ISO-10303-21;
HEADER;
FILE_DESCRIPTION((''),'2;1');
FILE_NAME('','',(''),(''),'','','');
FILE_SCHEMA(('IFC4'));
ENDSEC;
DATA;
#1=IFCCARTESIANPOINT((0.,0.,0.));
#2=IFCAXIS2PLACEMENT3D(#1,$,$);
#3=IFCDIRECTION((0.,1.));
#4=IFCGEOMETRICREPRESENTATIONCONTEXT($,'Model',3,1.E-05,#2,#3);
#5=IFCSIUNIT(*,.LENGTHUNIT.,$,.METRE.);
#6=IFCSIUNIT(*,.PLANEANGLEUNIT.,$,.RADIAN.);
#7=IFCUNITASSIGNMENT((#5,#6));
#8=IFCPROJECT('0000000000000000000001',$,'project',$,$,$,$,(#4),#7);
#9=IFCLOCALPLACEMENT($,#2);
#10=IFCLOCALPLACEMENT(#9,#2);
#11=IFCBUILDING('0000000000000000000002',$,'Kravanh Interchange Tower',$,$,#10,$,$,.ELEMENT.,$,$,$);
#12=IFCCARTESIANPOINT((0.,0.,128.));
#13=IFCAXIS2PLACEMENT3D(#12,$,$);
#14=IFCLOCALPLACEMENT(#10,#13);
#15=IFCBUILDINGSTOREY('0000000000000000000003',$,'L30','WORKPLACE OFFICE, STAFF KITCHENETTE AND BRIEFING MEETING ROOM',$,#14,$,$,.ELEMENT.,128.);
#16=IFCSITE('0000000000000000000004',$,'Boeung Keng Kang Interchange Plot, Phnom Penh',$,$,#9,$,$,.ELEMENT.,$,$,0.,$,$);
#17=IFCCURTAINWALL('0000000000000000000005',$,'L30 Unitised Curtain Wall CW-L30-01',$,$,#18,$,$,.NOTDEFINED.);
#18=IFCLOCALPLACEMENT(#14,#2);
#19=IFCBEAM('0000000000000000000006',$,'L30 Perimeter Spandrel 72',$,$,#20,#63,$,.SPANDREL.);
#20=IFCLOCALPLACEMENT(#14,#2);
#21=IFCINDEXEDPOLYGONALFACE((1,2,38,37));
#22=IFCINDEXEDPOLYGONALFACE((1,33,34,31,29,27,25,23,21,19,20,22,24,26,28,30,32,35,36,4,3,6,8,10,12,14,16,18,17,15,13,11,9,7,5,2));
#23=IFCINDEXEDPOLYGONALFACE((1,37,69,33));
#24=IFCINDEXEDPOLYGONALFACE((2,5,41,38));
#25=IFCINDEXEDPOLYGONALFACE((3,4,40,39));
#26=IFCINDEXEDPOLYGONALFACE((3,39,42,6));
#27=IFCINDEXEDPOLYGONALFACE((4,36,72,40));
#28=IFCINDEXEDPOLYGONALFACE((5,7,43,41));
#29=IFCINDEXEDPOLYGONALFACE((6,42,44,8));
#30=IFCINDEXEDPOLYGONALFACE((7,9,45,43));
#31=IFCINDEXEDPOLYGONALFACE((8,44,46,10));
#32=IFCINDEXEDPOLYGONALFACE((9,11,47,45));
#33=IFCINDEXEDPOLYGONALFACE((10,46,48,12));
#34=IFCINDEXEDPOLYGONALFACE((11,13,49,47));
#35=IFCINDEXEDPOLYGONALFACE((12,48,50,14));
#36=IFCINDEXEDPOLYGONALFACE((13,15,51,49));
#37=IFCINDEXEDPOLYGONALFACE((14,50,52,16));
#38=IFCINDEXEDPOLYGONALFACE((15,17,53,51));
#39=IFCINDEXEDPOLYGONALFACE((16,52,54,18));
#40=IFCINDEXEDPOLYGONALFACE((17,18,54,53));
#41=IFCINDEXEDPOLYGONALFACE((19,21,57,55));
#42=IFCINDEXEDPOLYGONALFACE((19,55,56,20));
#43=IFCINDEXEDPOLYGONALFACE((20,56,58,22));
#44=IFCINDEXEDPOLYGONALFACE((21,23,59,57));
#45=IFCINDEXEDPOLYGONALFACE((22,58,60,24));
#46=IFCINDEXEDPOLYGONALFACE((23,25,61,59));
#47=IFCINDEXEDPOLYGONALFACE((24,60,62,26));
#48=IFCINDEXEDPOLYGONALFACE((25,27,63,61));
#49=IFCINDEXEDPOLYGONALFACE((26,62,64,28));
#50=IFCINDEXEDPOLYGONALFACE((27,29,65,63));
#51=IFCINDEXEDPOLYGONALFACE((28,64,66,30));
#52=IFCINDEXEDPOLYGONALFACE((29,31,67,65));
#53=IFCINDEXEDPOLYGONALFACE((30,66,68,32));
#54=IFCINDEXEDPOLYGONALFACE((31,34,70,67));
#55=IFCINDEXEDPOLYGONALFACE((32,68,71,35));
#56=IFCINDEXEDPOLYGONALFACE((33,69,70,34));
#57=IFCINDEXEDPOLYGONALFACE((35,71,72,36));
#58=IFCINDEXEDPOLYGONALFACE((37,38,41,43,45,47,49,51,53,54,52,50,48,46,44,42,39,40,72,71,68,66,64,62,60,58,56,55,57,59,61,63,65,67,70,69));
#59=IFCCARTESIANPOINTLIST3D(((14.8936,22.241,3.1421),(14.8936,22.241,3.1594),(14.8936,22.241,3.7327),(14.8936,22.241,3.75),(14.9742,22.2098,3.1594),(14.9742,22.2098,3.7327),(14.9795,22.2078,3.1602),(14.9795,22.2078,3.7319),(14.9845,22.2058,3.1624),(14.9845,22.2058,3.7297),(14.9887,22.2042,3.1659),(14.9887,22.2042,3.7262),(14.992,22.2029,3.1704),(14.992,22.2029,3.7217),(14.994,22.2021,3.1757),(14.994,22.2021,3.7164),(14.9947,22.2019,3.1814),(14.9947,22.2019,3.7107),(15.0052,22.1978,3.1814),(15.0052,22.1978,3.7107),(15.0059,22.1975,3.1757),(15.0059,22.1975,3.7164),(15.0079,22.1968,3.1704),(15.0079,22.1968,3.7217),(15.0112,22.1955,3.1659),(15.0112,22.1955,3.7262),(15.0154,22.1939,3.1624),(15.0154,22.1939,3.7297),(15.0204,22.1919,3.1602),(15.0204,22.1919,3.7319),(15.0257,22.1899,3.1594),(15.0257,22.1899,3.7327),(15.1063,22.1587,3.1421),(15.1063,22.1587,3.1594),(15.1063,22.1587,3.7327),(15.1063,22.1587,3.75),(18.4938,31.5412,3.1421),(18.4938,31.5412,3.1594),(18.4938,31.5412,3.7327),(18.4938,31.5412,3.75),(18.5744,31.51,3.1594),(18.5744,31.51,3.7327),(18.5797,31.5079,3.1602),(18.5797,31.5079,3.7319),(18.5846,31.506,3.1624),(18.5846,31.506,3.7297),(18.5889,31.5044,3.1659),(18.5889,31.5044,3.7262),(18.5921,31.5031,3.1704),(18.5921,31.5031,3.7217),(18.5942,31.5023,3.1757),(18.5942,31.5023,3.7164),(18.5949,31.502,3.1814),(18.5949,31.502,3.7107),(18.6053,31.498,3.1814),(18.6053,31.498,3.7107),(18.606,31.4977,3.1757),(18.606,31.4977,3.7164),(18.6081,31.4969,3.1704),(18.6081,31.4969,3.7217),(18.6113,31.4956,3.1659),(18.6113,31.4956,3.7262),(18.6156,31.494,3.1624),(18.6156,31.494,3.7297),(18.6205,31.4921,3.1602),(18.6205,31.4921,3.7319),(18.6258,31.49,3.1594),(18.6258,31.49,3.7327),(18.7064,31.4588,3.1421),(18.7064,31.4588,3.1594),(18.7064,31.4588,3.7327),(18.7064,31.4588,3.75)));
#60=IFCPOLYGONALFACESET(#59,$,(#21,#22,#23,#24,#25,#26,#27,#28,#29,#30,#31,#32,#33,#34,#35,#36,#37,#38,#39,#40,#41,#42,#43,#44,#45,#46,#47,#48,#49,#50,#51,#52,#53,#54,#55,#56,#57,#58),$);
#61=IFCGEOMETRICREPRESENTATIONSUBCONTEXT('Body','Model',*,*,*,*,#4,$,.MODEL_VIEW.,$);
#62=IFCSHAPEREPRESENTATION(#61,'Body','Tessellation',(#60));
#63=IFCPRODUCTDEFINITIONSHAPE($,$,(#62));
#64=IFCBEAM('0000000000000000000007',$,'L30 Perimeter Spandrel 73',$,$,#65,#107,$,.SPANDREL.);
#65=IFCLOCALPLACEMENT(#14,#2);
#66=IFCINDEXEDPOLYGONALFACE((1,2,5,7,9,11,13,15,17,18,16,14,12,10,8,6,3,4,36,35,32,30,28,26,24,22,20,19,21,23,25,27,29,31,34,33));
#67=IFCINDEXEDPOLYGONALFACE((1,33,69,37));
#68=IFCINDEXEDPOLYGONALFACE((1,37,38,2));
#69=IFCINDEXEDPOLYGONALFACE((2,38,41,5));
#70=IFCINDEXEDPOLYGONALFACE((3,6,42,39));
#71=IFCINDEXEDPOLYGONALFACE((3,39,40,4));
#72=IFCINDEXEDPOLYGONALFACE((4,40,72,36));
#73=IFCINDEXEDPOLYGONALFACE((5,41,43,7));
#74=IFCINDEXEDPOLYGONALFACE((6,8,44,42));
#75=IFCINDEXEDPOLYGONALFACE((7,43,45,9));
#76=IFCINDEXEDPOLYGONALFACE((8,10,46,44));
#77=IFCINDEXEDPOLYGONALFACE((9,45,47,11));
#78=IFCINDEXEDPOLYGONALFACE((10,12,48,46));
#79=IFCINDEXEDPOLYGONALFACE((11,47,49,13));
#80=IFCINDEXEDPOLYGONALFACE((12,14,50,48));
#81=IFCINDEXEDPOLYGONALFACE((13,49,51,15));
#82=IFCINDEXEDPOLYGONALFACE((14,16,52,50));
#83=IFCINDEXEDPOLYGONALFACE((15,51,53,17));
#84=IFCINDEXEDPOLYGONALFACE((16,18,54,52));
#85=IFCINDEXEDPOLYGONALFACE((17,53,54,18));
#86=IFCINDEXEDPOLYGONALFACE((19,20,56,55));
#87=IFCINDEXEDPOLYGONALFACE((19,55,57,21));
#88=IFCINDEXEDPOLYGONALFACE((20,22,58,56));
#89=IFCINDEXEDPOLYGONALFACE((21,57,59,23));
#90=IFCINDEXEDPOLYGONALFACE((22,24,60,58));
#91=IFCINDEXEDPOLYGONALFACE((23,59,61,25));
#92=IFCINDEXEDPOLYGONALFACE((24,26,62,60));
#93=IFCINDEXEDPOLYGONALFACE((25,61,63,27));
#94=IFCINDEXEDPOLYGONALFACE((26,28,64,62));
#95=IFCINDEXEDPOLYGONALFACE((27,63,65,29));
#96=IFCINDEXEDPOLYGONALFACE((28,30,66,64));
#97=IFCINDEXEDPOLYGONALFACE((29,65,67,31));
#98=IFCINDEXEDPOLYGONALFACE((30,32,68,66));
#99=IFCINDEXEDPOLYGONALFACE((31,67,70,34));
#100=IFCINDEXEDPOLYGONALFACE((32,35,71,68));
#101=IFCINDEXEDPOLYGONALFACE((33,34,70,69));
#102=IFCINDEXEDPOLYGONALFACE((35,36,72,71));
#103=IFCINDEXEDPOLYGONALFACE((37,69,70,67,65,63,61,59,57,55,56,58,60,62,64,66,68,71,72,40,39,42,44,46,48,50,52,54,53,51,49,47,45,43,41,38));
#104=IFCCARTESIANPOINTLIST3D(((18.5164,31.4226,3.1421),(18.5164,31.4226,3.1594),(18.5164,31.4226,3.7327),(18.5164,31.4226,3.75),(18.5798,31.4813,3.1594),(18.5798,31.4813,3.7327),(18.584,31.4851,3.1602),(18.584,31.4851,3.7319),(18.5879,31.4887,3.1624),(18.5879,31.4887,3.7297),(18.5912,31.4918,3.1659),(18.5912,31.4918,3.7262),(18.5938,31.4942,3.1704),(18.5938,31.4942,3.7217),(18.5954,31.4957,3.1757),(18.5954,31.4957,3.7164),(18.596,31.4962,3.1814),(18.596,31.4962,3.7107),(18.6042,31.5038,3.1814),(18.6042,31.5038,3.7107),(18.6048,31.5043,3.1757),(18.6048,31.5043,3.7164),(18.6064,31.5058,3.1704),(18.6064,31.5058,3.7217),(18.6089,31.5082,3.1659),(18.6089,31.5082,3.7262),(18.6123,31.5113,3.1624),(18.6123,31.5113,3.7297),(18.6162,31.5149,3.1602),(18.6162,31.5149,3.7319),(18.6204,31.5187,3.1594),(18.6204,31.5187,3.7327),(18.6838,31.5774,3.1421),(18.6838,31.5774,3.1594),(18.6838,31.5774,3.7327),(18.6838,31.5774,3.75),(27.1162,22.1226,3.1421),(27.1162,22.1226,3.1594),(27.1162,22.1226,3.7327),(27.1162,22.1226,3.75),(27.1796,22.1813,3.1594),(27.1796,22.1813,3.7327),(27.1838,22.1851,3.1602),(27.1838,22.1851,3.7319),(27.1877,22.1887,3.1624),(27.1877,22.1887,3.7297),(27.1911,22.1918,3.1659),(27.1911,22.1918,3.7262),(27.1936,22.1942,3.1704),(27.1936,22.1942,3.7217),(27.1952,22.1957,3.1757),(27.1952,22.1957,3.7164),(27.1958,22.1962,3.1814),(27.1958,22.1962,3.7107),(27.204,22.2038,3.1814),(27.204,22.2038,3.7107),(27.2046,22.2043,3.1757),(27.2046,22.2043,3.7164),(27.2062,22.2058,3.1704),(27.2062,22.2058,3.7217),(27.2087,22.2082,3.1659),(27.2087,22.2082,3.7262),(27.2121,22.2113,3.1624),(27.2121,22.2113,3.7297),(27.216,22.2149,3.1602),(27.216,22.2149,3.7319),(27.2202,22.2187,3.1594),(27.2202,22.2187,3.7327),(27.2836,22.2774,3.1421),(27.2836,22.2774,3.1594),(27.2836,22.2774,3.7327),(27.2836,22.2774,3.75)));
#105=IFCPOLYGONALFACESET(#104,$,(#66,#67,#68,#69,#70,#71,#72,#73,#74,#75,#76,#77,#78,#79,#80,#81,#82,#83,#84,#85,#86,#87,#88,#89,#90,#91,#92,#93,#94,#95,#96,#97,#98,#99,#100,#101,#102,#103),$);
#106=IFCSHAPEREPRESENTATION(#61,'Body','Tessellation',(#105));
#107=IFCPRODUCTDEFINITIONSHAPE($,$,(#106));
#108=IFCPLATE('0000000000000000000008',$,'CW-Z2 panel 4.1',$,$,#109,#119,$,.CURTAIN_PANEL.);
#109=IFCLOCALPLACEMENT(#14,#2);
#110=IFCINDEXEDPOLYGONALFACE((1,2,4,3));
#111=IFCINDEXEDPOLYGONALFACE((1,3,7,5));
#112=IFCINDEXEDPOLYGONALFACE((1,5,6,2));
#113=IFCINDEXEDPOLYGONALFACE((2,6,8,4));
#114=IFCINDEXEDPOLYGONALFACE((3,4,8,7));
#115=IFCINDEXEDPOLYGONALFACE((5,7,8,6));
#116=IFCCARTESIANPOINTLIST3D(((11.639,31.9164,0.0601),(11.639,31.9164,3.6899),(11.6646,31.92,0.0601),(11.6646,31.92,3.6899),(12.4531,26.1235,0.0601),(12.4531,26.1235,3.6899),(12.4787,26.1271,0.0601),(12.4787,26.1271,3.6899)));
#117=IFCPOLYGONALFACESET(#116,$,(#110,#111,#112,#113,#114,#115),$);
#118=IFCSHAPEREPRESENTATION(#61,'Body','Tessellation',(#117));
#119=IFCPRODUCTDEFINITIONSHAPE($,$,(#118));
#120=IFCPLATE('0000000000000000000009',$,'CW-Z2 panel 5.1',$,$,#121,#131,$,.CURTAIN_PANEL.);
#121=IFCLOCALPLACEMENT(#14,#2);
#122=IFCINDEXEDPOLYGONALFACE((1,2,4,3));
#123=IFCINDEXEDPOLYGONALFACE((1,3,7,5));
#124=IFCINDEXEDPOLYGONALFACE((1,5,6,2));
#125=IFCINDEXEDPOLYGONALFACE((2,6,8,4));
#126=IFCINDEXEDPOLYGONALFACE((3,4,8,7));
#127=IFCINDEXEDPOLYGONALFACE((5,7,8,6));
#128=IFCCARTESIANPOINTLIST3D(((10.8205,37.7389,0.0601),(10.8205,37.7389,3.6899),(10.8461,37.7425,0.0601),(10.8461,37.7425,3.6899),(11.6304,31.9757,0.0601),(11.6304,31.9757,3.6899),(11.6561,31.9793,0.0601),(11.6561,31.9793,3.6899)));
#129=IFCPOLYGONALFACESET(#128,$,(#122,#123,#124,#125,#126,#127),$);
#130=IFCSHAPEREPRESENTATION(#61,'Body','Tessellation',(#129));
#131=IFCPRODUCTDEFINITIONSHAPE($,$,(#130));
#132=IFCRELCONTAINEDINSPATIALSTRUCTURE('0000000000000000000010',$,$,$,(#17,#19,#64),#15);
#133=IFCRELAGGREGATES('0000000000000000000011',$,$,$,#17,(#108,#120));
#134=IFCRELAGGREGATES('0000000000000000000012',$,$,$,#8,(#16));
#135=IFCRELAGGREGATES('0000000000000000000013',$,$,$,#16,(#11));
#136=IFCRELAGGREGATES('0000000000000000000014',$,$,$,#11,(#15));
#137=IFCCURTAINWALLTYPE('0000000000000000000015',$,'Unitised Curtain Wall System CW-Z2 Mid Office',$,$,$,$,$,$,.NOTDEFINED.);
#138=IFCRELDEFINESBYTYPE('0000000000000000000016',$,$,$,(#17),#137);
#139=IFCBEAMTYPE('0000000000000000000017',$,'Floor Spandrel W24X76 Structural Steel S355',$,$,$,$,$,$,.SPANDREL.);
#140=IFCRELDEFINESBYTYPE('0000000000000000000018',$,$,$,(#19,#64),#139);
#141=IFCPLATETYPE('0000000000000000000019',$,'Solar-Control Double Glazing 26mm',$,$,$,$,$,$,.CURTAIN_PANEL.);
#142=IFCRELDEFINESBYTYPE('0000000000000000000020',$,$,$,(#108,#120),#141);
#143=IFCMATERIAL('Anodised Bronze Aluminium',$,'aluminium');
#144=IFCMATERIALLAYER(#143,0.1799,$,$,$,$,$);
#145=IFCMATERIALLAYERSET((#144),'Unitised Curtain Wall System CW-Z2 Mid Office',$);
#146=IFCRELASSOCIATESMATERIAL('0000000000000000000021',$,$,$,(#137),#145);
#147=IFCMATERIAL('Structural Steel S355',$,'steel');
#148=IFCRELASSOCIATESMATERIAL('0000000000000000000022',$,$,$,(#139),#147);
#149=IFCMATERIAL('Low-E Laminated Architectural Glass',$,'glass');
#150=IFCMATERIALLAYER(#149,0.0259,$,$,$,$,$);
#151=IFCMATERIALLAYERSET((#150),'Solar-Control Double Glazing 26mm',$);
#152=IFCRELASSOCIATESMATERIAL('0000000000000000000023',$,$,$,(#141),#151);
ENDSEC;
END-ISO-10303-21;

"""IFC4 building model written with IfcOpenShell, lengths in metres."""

from ifc_helpers import new_model, si_unit, direction, frame, origin, origin_2d, place, context, subcontext, project, spatial, rectangle, i_section, extrude, material, layer, layer_set, material_profile, profile_set, type_object, element, aggregate, save


model = new_model("IFC4")

# Units and contexts
model_context = context("Model", 3, precision=1e-05, world=origin(), true_north=direction((0.0, 1.0)))
body_context = subcontext(model_context, "Body", "Model", "MODEL_VIEW")
ifc_project = project(units=[si_unit("LENGTHUNIT", "METRE"), si_unit("PLANEANGLEUNIT", "RADIAN")], contexts=[model_context])

# Site, building, storey
site_placement = place(None, origin())
site = spatial("IfcSite", under=ifc_project, at=site_placement, Name="Boeung Keng Kang Interchange Plot, Phnom Penh", CompositionType="ELEMENT", RefElevation=0.0)
building_placement = place(site_placement, origin())
building = spatial("IfcBuilding", under=site, at=building_placement, Name="Kravanh Interchange Tower", CompositionType="ELEMENT")
storey_placement = place(building_placement, frame((0.0, 0.0, 128.0)))
storey = spatial("IfcBuildingStorey", under=building, at=storey_placement, Name="L30", Description="WORKPLACE OFFICE, STAFF KITCHENETTE AND BRIEFING MEETING ROOM", CompositionType="ELEMENT", Elevation=128.0)

# Curtain wall
ifc_material_1 = material(Name="Anodised Bronze Aluminium", Category="aluminium")
ifc_layer_1 = layer(ifc_material_1, 0.1799)
ifc_layer_set_1 = layer_set([ifc_layer_1], Name="Unitised Curtain Wall System CW-Z2 Mid Office")
curtain_wall_type = type_object("IfcCurtainWallType", Name="Unitised Curtain Wall System CW-Z2 Mid Office", PredefinedType="NOTDEFINED", material=ifc_layer_set_1)
curtain_wall_placement = place(storey_placement, origin())
curtain_wall = element("IfcCurtainWall", 1, at=curtain_wall_placement, inside=storey, type_object=curtain_wall_type, Name="L30 Unitised Curtain Wall CW-L30-01", PredefinedType="NOTDEFINED")

# Beams
ifc_material_2 = material(Name="Structural Steel S355", Category="steel")
ifc_material_profile_1 = material_profile(ifc_material_2, i_section(OverallWidth=0.228, OverallDepth=0.6079, WebThickness=0.0112, FlangeThickness=0.0173, FilletRadius=0.022, at=origin_2d()), Name="W24X76")
ifc_profile_set_1 = profile_set([ifc_material_profile_1], Name="Structural Steel S355")
beam_type_1 = type_object("IfcBeamType", Name="Floor Spandrel W24X76 Structural Steel S355", PredefinedType="SPANDREL", material=ifc_profile_set_1)
beam_1_placement = place(storey_placement, frame((18.6001, 31.5, 3.446), z_axis=(-0.361001, -0.932565, 0.0), x_axis=(0.932565, -0.361001, 0.0)))
element("IfcBeam", 2, at=beam_1_placement, inside=storey, type_object=beam_type_1, Name="L30 Perimeter Spandrel 72", PredefinedType="SPANDREL", context=body_context, shape_type="SweptSolid", body=[
    extrude(i_section(OverallWidth=0.228, OverallDepth=0.6079, WebThickness=0.0112, FlangeThickness=0.0173, FilletRadius=0.022, at=origin_2d()), origin(), (0.0, 0.0, 1.0), 9.9727),
])
beam_2_placement = place(storey_placement, frame((18.6001, 31.5, 3.446), z_axis=(0.678927, -0.734205, 0.0), x_axis=(0.734205, 0.678927, 0.0)))
element("IfcBeam", 3, at=beam_2_placement, inside=storey, type_object=beam_type_1, Name="L30 Perimeter Spandrel 73", PredefinedType="SPANDREL", context=body_context, shape_type="SweptSolid", body=[
    extrude(i_section(OverallWidth=0.228, OverallDepth=0.6079, WebThickness=0.0112, FlangeThickness=0.0173, FilletRadius=0.022, at=origin_2d()), origin(), (0.0, 0.0, 1.0), 12.6667),
])

# Plates
ifc_material_3 = material(Name="Low-E Laminated Architectural Glass", Category="glass")
ifc_layer_2 = layer(ifc_material_3, 0.0259)
ifc_layer_set_2 = layer_set([ifc_layer_2], Name="Solar-Control Double Glazing 26mm")
plate_type = type_object("IfcPlateType", Name="Solar-Control Double Glazing 26mm", PredefinedType="CURTAIN_PANEL", material=ifc_layer_set_2)
plate_1_placement = place(storey_placement, frame((12.0588, 29.0217, 0.0601), z_axis=(0.0, 0.0, 1.0), x_axis=(-0.139173, 0.990268, 0.0)))
plate_1 = element("IfcPlate", 4, at=plate_1_placement, type_object=plate_type, Name="CW-Z2 panel 4.1", PredefinedType="CURTAIN_PANEL", context=body_context, shape_type="SweptSolid", body=[
    extrude(rectangle(XDim=5.8499, YDim=0.0259, at=origin_2d()), origin(), (0.0, 0.0, 1.0), 3.6299),
])
plate_2_placement = place(storey_placement, frame((11.2383, 34.8591, 0.0601), z_axis=(0.0, 0.0, 1.0), x_axis=(-0.139173, 0.990268, 0.0)))
plate_2 = element("IfcPlate", 5, at=plate_2_placement, type_object=plate_type, Name="CW-Z2 panel 5.1", PredefinedType="CURTAIN_PANEL", context=body_context, shape_type="SweptSolid", body=[
    extrude(rectangle(XDim=5.8198, YDim=0.0259, at=origin_2d()), origin(), (0.0, 0.0, 1.0), 3.6299),
])
aggregate(curtain_wall, [plate_1, plate_2])

save(model, "model.ifc")
